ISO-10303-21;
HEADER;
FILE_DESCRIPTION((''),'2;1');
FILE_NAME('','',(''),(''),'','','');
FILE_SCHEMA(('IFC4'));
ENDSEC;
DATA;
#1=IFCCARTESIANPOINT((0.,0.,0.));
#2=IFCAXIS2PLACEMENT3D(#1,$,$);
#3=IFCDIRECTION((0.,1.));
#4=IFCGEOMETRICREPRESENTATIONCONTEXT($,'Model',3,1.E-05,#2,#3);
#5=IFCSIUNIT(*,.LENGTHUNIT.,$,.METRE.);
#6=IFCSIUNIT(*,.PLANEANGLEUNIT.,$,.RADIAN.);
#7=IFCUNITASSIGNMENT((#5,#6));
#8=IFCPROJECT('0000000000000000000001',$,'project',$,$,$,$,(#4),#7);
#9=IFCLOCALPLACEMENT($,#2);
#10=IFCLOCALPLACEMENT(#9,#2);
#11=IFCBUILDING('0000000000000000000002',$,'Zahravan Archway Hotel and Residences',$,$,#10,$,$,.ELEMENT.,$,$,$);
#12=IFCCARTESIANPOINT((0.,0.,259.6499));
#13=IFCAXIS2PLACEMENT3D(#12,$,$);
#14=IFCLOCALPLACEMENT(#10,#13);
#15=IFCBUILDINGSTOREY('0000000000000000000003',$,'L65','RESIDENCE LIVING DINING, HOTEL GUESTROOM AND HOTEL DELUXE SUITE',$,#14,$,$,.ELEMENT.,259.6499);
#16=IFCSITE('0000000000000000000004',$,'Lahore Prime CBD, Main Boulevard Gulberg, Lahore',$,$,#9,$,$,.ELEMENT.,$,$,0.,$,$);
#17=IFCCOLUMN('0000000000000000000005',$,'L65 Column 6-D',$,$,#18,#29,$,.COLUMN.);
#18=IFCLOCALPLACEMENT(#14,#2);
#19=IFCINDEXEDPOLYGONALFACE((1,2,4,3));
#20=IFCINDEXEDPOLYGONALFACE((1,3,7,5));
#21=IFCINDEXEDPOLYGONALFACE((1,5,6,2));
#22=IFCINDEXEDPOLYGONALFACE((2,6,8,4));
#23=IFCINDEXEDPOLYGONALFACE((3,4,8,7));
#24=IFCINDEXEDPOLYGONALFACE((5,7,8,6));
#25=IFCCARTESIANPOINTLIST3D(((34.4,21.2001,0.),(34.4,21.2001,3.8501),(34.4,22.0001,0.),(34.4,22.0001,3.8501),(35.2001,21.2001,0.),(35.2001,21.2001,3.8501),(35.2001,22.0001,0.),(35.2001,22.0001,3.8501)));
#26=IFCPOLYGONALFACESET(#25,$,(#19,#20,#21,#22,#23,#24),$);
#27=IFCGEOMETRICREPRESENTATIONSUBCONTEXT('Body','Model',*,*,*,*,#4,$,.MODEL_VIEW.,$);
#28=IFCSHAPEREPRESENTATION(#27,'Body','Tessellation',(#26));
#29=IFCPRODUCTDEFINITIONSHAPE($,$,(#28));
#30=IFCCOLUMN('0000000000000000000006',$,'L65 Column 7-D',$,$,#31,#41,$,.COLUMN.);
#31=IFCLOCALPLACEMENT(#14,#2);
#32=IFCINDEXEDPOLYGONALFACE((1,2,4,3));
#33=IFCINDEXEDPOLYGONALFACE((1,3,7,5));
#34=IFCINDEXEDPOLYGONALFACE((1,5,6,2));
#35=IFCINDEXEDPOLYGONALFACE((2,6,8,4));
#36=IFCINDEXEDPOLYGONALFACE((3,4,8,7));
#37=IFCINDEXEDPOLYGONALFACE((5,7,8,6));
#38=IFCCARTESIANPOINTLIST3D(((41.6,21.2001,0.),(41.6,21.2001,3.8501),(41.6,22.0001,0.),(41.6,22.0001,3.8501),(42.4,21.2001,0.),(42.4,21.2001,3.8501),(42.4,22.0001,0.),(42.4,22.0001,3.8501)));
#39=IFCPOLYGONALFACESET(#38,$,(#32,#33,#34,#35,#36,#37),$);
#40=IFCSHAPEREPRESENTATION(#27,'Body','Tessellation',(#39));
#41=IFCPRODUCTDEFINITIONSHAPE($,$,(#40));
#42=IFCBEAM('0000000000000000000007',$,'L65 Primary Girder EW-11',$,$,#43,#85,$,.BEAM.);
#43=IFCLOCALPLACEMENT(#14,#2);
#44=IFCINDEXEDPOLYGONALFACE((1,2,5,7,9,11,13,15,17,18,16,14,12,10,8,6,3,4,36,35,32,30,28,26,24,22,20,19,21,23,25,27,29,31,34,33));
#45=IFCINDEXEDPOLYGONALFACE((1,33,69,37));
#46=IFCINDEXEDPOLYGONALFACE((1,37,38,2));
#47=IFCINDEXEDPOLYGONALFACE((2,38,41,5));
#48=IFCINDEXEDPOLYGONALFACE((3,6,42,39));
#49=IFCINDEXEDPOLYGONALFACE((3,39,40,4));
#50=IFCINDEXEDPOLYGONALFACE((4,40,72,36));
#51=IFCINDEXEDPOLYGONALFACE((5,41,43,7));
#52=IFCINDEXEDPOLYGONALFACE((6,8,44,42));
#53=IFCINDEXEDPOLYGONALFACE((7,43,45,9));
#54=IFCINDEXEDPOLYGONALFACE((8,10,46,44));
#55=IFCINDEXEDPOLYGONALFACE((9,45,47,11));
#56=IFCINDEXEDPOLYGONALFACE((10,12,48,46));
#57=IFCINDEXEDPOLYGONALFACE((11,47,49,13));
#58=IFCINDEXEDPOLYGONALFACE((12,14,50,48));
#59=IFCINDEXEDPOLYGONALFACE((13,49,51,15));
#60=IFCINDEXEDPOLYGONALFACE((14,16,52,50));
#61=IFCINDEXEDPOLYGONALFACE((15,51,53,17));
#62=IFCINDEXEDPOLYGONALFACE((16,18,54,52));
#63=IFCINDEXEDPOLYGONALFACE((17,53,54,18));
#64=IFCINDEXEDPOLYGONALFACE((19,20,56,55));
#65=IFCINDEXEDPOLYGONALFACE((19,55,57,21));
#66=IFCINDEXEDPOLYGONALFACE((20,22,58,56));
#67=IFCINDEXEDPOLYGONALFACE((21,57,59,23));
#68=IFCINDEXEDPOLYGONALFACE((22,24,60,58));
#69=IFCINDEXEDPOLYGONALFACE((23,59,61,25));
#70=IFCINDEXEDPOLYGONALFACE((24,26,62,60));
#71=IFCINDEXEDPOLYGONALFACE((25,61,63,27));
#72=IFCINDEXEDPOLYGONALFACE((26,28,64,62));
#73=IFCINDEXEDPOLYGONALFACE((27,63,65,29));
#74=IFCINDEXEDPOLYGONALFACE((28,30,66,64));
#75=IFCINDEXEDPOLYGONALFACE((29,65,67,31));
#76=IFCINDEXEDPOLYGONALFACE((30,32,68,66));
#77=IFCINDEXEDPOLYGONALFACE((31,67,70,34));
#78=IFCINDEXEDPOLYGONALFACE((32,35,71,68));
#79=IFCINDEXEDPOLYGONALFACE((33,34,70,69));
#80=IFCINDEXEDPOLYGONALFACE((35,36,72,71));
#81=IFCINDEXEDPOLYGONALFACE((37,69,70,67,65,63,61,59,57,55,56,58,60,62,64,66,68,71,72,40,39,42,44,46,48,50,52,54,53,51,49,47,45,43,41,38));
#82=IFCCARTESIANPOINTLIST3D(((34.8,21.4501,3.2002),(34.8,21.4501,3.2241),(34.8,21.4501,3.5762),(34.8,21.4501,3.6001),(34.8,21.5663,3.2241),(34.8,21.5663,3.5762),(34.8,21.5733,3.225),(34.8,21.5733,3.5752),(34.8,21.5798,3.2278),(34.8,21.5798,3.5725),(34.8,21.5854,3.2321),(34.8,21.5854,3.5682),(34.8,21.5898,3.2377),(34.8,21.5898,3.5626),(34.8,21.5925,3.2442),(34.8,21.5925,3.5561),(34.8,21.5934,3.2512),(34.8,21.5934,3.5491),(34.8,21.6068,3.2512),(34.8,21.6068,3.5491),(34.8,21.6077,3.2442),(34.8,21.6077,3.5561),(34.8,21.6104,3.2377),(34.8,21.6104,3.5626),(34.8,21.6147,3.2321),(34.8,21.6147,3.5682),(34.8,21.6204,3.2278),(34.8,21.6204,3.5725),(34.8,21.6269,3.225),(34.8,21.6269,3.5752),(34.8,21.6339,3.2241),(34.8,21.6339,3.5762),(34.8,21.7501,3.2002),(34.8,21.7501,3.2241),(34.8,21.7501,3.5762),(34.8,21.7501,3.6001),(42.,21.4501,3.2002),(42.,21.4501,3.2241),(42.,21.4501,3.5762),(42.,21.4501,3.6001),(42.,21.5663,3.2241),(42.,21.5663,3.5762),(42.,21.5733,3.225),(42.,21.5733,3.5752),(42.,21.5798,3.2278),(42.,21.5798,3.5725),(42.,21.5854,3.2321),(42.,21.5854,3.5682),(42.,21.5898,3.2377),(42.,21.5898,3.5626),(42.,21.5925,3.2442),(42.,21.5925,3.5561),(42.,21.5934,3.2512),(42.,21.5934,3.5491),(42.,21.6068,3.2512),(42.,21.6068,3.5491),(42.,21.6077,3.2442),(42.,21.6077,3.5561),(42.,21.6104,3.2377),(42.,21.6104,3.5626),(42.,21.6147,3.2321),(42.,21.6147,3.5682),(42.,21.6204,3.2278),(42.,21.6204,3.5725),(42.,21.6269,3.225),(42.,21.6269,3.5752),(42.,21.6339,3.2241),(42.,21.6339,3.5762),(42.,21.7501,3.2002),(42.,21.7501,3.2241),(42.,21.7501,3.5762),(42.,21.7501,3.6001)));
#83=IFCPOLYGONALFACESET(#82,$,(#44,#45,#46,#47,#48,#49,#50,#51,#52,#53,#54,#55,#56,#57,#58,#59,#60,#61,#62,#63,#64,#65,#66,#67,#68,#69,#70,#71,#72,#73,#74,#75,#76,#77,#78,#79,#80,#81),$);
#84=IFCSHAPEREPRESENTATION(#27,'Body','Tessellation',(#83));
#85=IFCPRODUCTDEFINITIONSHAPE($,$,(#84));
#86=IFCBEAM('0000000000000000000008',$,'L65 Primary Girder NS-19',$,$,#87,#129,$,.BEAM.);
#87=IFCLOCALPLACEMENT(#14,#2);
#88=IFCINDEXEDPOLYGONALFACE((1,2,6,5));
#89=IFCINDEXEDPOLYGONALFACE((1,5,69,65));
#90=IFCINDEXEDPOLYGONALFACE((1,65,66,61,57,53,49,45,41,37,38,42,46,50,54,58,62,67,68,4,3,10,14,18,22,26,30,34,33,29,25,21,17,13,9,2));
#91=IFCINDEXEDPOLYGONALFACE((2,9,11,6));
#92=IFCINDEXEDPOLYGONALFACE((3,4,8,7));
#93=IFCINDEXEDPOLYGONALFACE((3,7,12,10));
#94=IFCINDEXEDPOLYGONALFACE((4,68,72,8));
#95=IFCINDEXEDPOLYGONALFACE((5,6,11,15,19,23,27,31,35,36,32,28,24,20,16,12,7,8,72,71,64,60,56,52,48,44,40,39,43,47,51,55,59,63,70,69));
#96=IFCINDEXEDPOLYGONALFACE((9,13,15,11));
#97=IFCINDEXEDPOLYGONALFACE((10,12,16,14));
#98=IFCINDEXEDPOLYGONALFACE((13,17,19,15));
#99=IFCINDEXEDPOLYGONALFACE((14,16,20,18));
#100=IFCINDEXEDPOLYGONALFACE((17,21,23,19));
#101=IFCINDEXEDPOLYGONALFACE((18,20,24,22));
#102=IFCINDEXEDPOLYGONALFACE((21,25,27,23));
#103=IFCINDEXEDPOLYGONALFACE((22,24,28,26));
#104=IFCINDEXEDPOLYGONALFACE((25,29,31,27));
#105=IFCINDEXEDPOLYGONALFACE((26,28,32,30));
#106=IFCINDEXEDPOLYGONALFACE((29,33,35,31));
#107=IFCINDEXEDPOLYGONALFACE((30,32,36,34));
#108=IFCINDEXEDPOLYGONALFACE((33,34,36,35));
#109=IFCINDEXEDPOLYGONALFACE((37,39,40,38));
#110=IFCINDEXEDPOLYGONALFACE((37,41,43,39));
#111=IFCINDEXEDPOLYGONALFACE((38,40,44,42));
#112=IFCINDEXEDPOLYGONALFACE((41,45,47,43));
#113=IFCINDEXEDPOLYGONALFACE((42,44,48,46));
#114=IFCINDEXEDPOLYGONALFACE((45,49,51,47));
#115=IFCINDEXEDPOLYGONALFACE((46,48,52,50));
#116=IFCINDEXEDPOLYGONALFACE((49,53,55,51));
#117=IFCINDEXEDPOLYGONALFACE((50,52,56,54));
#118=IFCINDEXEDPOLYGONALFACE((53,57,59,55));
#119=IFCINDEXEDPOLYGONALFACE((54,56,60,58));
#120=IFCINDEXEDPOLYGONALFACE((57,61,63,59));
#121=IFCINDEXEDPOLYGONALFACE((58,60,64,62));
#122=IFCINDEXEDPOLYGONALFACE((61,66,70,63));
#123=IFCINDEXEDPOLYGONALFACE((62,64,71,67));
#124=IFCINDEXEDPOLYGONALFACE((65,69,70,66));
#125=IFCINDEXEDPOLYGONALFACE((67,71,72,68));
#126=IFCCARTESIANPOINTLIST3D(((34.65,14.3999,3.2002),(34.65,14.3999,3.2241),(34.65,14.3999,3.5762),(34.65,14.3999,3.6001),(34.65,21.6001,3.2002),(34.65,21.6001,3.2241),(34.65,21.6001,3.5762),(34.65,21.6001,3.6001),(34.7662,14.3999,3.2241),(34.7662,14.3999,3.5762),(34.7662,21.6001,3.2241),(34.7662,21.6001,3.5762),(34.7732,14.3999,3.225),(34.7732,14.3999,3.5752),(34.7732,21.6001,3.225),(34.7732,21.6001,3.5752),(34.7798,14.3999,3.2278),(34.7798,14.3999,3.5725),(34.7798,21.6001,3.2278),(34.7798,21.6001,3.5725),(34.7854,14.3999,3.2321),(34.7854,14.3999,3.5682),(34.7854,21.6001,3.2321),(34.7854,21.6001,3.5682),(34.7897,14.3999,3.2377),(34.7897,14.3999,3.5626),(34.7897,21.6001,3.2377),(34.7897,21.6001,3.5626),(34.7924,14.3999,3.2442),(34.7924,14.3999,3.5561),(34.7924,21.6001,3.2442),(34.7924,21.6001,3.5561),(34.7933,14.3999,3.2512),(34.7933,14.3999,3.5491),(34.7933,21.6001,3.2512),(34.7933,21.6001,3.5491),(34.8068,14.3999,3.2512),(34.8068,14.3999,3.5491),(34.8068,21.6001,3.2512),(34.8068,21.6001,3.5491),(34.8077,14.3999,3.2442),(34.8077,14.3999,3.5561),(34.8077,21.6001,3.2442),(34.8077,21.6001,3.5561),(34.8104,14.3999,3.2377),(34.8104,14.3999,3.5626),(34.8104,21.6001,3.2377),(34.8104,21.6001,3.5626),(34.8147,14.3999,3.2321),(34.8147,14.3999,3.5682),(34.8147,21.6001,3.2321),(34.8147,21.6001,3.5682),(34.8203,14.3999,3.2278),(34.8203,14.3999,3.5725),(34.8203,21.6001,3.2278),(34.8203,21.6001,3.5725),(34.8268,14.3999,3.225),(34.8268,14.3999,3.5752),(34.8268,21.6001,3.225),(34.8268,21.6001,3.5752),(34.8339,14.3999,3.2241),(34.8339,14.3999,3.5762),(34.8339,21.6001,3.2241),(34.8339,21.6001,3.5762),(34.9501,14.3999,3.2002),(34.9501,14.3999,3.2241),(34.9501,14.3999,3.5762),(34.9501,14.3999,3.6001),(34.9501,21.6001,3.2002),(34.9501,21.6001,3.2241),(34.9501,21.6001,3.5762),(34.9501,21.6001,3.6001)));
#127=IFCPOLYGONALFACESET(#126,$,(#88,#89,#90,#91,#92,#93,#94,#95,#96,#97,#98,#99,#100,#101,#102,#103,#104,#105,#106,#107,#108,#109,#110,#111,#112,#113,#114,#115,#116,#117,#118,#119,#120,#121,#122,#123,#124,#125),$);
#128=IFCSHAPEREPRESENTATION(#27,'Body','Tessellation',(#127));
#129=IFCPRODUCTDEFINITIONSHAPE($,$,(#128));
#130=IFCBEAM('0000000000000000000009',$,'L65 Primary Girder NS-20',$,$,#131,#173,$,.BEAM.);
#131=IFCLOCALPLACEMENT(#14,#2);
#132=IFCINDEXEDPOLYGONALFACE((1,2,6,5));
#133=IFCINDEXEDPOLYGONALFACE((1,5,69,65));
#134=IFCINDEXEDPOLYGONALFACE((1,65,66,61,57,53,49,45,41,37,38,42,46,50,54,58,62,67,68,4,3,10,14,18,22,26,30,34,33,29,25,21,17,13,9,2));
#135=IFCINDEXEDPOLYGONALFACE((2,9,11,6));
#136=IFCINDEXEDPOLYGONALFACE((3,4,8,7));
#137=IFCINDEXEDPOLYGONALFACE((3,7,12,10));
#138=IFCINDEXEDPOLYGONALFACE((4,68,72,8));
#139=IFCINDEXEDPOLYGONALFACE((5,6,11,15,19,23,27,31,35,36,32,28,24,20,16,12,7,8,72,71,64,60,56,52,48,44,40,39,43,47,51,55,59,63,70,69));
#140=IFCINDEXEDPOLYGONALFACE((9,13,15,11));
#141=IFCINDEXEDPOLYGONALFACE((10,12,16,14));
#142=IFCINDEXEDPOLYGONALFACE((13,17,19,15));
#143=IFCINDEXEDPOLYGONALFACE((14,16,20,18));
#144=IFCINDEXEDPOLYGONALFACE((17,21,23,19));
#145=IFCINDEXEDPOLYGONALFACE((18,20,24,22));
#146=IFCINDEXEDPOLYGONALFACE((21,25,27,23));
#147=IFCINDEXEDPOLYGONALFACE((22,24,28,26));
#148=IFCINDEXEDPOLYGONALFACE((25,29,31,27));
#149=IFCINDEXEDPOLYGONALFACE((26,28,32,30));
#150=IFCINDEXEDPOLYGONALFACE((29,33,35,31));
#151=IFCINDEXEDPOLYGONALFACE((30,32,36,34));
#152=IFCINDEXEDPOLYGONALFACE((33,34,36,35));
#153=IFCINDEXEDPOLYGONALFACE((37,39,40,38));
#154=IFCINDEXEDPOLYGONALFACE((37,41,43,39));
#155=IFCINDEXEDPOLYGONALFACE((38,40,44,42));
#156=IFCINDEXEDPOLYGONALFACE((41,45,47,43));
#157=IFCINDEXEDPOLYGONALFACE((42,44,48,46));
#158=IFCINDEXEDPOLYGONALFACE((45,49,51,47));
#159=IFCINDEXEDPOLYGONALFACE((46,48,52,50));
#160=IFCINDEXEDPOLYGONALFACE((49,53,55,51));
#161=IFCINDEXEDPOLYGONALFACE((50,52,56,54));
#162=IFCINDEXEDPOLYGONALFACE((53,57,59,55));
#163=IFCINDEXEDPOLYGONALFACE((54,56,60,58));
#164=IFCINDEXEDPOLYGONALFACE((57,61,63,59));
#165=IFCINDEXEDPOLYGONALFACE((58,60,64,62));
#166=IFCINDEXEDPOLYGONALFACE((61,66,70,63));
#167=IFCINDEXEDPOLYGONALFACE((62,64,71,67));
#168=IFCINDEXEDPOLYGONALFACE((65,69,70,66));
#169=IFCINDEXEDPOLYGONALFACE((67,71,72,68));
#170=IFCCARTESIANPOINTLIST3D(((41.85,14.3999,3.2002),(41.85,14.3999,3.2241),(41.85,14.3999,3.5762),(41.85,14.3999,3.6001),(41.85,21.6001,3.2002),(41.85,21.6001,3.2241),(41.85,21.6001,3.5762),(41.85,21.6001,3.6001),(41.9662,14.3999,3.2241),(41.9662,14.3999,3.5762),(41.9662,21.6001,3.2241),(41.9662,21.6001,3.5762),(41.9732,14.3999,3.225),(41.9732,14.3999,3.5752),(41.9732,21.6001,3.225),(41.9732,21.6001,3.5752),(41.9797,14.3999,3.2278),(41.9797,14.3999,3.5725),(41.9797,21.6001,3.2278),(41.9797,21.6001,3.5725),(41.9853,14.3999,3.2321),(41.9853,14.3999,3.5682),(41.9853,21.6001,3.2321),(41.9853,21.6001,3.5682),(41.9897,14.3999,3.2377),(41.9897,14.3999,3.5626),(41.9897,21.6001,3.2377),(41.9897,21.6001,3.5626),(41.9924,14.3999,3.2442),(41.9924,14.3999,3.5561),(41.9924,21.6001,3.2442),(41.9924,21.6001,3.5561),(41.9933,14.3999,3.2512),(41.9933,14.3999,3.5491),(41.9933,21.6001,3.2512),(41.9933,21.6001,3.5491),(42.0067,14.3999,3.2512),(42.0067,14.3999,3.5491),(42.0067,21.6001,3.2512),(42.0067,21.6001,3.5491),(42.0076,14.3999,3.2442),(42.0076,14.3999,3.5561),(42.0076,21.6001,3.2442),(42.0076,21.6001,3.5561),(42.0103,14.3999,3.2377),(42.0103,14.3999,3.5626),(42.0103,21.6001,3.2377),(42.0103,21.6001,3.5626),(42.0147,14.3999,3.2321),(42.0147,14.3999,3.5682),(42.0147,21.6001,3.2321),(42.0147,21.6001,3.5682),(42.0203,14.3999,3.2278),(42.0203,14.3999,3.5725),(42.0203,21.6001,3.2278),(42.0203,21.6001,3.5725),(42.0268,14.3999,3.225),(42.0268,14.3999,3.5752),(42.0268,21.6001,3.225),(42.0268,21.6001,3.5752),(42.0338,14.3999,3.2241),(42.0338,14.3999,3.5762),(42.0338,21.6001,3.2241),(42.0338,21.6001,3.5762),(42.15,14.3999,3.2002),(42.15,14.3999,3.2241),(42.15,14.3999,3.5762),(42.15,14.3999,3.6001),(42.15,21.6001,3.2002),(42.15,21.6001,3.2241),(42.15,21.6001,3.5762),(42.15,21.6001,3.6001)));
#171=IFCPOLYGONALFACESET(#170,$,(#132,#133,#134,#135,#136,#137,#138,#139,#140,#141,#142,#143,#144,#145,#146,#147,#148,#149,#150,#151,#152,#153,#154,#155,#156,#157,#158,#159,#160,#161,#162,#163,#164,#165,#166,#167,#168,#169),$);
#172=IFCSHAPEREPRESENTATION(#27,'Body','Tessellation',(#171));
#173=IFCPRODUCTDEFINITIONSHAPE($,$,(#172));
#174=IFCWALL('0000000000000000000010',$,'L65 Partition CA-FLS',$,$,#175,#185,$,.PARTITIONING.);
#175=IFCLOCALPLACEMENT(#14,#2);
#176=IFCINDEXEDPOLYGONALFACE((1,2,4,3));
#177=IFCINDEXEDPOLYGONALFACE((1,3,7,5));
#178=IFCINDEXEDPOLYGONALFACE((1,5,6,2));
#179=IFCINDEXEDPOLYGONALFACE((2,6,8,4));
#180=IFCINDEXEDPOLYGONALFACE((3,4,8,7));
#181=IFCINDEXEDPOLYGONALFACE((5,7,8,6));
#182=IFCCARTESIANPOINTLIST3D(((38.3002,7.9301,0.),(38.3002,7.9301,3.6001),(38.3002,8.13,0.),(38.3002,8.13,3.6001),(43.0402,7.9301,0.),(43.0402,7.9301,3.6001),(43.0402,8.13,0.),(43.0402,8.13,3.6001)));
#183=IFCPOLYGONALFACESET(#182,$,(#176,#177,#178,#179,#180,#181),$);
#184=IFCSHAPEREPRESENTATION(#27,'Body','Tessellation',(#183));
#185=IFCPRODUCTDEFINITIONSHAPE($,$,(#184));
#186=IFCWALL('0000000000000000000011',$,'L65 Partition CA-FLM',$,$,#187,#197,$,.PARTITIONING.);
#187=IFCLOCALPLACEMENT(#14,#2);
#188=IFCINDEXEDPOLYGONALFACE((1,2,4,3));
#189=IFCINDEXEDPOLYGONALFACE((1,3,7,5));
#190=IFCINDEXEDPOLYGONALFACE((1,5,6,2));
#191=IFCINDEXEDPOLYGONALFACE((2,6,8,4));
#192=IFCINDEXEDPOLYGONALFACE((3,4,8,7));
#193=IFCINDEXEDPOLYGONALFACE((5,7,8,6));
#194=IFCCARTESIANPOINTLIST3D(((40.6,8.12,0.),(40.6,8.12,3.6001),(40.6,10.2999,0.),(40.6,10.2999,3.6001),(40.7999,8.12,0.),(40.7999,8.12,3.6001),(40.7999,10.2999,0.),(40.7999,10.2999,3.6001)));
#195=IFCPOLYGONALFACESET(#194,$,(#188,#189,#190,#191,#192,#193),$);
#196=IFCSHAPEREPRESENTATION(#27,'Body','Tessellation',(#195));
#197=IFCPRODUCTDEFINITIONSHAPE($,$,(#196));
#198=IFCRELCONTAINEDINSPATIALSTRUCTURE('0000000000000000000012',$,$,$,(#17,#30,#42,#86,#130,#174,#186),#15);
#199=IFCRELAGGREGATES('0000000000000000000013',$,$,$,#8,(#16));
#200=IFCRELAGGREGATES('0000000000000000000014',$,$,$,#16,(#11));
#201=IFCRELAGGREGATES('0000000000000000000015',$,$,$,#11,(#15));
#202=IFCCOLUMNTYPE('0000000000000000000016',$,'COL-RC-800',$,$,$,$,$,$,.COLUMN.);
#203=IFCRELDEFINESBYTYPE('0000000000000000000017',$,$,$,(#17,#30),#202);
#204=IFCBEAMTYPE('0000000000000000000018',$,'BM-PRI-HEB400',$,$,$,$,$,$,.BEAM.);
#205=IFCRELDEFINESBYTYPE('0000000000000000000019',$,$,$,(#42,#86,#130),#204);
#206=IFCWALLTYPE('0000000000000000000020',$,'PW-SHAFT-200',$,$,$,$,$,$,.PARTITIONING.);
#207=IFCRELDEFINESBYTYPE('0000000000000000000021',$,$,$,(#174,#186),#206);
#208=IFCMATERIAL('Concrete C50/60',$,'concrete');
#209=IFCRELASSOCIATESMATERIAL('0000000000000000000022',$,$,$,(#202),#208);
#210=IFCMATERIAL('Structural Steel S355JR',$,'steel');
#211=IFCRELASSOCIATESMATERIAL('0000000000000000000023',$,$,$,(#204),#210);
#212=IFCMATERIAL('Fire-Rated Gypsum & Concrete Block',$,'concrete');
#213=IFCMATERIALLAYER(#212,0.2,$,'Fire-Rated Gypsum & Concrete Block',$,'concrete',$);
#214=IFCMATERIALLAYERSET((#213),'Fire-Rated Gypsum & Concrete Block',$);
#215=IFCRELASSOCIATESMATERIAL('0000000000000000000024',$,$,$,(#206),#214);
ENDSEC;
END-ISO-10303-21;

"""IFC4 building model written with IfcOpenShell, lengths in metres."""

from ifc_helpers import new_model, si_unit, direction, frame, frame_2d, origin, origin_2d, place, context, subcontext, project, spatial, rectangle, i_section, extrude, source, transform, mapped, material, layer, layer_set, material_profile, profile_set, type_object, type_shapes, element, save


model = new_model("IFC4")

# Units and contexts
model_context = context("Model", 3, precision=1e-05, world=origin(), true_north=direction((0.0, 1.0)))
body_context = subcontext(model_context, "Body", "Model", "MODEL_VIEW")
ifc_project = project(units=[si_unit("LENGTHUNIT", "METRE"), si_unit("PLANEANGLEUNIT", "RADIAN")], contexts=[model_context])

# Site, building, storey
site_placement = place(None, origin())
site = spatial("IfcSite", under=ifc_project, at=site_placement, Name="Lahore Prime CBD, Main Boulevard Gulberg, Lahore", CompositionType="ELEMENT", RefElevation=0.0)
building_placement = place(site_placement, origin())
building = spatial("IfcBuilding", under=site, at=building_placement, Name="Zahravan Archway Hotel and Residences", CompositionType="ELEMENT")
storey_placement = place(building_placement, frame((0.0, 0.0, 259.6499)))
storey = spatial("IfcBuildingStorey", under=building, at=storey_placement, Name="L65", Description="RESIDENCE LIVING DINING, HOTEL GUESTROOM AND HOTEL DELUXE SUITE", CompositionType="ELEMENT", Elevation=259.6499)

# Columns
ifc_material_1 = material(Name="Concrete C50/60", Category="concrete")
ifc_material_profile_1 = material_profile(ifc_material_1, rectangle(XDim=0.8, YDim=0.8, at=origin_2d()), Name="RC-COL-800x800", Category="concrete")
ifc_profile_set_1 = profile_set([ifc_material_profile_1], Name="Concrete C50/60")
column_type = type_object("IfcColumnType", Name="COL-RC-800", PredefinedType="COLUMN", material=ifc_profile_set_1)
shared_shape_1 = source(origin(), body_context, "Body", "SweptSolid", [
    extrude(rectangle(XDim=0.8, YDim=0.8, at=origin_2d()), origin(), (0.0, 0.0, 1.0), 3.8501),
])
for number, where, z_axis, x_axis, name in (
    (1, (34.8, 21.6001, 0.0), (0.0, 0.0, 1.0), (1.0, 0.0, 0.0), "L65 Column 6-D"),
    (2, (42.0, 21.6001, 0.0), (0.0, 0.0, 1.0), (1.0, 0.0, 0.0), "L65 Column 7-D"),
):
    element("IfcColumn", number, at=place(storey_placement, frame(where, z_axis=z_axis, x_axis=x_axis)), inside=storey, type_object=column_type, Name=name, PredefinedType="COLUMN", context=body_context, shape_type="MappedRepresentation", body=[
        mapped(shared_shape_1, transform((0.0, 0.0, 0.0), scale=1.0)),
    ])

# Beams
ifc_material_2 = material(Name="Structural Steel S355JR", Category="steel")
ifc_material_profile_2 = material_profile(ifc_material_2, i_section(OverallWidth=0.3, OverallDepth=0.3999, WebThickness=0.0134, FlangeThickness=0.0239, FilletRadius=0.0271, at=origin_2d()), Name="HEB 400", Category="steel")
ifc_profile_set_2 = profile_set([ifc_material_profile_2], Name="Structural Steel S355JR")
beam_type = type_object("IfcBeamType", Name="BM-PRI-HEB400", PredefinedType="BEAM", material=ifc_profile_set_2)
shared_shape_2 = source(origin(), body_context, "Body", "SweptSolid", [
    extrude(i_section(OverallWidth=0.3, OverallDepth=0.3999, WebThickness=0.0134, FlangeThickness=0.0239, FilletRadius=0.0271, at=origin_2d()), origin(), (0.0, 0.0, 1.0), 7.2),
])
type_shapes(beam_type, [shared_shape_2])
beam_placement = place(storey_placement, frame((34.8, 21.6001, 3.4001), z_axis=(1.0, 0.0, 0.0), x_axis=(0.0, 1.0, 0.0)))
element("IfcBeam", 3, at=beam_placement, inside=storey, type_object=beam_type, Name="L65 Primary Girder EW-11", PredefinedType="BEAM", context=body_context, shape_type="MappedRepresentation", body=[
    mapped(shared_shape_2, transform((0.0, 0.0, 0.0), scale=1.0)),
])
shared_shape_3 = source(origin(), body_context, "Body", "SweptSolid", [
    extrude(i_section(OverallWidth=0.3, OverallDepth=0.3999, WebThickness=0.0134, FlangeThickness=0.0239, FilletRadius=0.0271, at=origin_2d()), origin(), (0.0, 0.0, 1.0), 7.2002),
])
for number, where, z_axis, x_axis, name in (
    (4, (34.8, 14.3999, 3.4001), (0.0, 1.0, 0.0), (-1.0, 0.0, 0.0), "L65 Primary Girder NS-19"),
    (5, (42.0, 14.3999, 3.4001), (0.0, 1.0, 0.0), (-1.0, 0.0, 0.0), "L65 Primary Girder NS-20"),
):
    element("IfcBeam", number, at=place(storey_placement, frame(where, z_axis=z_axis, x_axis=x_axis)), inside=storey, type_object=beam_type, Name=name, PredefinedType="BEAM", context=body_context, shape_type="MappedRepresentation", body=[
        mapped(shared_shape_3, transform((0.0, 0.0, 0.0), scale=1.0)),
    ])

# Shared definitions
ifc_material_3 = material(Name="Fire-Rated Gypsum & Concrete Block", Category="concrete")

# Walls
ifc_layer_1 = layer(ifc_material_3, 0.2, Name="Fire-Rated Gypsum & Concrete Block", Category="concrete")
ifc_layer_set_1 = layer_set([ifc_layer_1], Name="Fire-Rated Gypsum & Concrete Block")
wall_type_1 = type_object("IfcWallType", Name="PW-SHAFT-200", PredefinedType="PARTITIONING", material=ifc_layer_set_1)
wall_1_placement = place(storey_placement, frame((38.3, 8.03, 0.0), z_axis=(0.0, 0.0, 1.0), x_axis=(1.0, 0.0, 0.0)))
element("IfcWall", 6, at=wall_1_placement, inside=storey, type_object=wall_type_1, Name="L65 Partition CA-FLS", PredefinedType="PARTITIONING", context=body_context, shape_type="SweptSolid", body=[
    extrude(rectangle(XDim=4.74, YDim=0.2, at=frame_2d((2.3701, 0.0))), origin(), (0.0, 0.0, 1.0), 3.6001),
])
wall_2_placement = place(storey_placement, frame((40.7, 8.1201, 0.0), z_axis=(0.0, 0.0, 1.0), x_axis=(0.0, 1.0, 0.0)))
element("IfcWall", 7, at=wall_2_placement, inside=storey, type_object=wall_type_1, Name="L65 Partition CA-FLM", PredefinedType="PARTITIONING", context=body_context, shape_type="SweptSolid", body=[
    extrude(rectangle(XDim=2.1799, YDim=0.2, at=frame_2d((1.0898, 0.0))), origin(), (0.0, 0.0, 1.0), 3.6001),
])

save(model, "model.ifc")
